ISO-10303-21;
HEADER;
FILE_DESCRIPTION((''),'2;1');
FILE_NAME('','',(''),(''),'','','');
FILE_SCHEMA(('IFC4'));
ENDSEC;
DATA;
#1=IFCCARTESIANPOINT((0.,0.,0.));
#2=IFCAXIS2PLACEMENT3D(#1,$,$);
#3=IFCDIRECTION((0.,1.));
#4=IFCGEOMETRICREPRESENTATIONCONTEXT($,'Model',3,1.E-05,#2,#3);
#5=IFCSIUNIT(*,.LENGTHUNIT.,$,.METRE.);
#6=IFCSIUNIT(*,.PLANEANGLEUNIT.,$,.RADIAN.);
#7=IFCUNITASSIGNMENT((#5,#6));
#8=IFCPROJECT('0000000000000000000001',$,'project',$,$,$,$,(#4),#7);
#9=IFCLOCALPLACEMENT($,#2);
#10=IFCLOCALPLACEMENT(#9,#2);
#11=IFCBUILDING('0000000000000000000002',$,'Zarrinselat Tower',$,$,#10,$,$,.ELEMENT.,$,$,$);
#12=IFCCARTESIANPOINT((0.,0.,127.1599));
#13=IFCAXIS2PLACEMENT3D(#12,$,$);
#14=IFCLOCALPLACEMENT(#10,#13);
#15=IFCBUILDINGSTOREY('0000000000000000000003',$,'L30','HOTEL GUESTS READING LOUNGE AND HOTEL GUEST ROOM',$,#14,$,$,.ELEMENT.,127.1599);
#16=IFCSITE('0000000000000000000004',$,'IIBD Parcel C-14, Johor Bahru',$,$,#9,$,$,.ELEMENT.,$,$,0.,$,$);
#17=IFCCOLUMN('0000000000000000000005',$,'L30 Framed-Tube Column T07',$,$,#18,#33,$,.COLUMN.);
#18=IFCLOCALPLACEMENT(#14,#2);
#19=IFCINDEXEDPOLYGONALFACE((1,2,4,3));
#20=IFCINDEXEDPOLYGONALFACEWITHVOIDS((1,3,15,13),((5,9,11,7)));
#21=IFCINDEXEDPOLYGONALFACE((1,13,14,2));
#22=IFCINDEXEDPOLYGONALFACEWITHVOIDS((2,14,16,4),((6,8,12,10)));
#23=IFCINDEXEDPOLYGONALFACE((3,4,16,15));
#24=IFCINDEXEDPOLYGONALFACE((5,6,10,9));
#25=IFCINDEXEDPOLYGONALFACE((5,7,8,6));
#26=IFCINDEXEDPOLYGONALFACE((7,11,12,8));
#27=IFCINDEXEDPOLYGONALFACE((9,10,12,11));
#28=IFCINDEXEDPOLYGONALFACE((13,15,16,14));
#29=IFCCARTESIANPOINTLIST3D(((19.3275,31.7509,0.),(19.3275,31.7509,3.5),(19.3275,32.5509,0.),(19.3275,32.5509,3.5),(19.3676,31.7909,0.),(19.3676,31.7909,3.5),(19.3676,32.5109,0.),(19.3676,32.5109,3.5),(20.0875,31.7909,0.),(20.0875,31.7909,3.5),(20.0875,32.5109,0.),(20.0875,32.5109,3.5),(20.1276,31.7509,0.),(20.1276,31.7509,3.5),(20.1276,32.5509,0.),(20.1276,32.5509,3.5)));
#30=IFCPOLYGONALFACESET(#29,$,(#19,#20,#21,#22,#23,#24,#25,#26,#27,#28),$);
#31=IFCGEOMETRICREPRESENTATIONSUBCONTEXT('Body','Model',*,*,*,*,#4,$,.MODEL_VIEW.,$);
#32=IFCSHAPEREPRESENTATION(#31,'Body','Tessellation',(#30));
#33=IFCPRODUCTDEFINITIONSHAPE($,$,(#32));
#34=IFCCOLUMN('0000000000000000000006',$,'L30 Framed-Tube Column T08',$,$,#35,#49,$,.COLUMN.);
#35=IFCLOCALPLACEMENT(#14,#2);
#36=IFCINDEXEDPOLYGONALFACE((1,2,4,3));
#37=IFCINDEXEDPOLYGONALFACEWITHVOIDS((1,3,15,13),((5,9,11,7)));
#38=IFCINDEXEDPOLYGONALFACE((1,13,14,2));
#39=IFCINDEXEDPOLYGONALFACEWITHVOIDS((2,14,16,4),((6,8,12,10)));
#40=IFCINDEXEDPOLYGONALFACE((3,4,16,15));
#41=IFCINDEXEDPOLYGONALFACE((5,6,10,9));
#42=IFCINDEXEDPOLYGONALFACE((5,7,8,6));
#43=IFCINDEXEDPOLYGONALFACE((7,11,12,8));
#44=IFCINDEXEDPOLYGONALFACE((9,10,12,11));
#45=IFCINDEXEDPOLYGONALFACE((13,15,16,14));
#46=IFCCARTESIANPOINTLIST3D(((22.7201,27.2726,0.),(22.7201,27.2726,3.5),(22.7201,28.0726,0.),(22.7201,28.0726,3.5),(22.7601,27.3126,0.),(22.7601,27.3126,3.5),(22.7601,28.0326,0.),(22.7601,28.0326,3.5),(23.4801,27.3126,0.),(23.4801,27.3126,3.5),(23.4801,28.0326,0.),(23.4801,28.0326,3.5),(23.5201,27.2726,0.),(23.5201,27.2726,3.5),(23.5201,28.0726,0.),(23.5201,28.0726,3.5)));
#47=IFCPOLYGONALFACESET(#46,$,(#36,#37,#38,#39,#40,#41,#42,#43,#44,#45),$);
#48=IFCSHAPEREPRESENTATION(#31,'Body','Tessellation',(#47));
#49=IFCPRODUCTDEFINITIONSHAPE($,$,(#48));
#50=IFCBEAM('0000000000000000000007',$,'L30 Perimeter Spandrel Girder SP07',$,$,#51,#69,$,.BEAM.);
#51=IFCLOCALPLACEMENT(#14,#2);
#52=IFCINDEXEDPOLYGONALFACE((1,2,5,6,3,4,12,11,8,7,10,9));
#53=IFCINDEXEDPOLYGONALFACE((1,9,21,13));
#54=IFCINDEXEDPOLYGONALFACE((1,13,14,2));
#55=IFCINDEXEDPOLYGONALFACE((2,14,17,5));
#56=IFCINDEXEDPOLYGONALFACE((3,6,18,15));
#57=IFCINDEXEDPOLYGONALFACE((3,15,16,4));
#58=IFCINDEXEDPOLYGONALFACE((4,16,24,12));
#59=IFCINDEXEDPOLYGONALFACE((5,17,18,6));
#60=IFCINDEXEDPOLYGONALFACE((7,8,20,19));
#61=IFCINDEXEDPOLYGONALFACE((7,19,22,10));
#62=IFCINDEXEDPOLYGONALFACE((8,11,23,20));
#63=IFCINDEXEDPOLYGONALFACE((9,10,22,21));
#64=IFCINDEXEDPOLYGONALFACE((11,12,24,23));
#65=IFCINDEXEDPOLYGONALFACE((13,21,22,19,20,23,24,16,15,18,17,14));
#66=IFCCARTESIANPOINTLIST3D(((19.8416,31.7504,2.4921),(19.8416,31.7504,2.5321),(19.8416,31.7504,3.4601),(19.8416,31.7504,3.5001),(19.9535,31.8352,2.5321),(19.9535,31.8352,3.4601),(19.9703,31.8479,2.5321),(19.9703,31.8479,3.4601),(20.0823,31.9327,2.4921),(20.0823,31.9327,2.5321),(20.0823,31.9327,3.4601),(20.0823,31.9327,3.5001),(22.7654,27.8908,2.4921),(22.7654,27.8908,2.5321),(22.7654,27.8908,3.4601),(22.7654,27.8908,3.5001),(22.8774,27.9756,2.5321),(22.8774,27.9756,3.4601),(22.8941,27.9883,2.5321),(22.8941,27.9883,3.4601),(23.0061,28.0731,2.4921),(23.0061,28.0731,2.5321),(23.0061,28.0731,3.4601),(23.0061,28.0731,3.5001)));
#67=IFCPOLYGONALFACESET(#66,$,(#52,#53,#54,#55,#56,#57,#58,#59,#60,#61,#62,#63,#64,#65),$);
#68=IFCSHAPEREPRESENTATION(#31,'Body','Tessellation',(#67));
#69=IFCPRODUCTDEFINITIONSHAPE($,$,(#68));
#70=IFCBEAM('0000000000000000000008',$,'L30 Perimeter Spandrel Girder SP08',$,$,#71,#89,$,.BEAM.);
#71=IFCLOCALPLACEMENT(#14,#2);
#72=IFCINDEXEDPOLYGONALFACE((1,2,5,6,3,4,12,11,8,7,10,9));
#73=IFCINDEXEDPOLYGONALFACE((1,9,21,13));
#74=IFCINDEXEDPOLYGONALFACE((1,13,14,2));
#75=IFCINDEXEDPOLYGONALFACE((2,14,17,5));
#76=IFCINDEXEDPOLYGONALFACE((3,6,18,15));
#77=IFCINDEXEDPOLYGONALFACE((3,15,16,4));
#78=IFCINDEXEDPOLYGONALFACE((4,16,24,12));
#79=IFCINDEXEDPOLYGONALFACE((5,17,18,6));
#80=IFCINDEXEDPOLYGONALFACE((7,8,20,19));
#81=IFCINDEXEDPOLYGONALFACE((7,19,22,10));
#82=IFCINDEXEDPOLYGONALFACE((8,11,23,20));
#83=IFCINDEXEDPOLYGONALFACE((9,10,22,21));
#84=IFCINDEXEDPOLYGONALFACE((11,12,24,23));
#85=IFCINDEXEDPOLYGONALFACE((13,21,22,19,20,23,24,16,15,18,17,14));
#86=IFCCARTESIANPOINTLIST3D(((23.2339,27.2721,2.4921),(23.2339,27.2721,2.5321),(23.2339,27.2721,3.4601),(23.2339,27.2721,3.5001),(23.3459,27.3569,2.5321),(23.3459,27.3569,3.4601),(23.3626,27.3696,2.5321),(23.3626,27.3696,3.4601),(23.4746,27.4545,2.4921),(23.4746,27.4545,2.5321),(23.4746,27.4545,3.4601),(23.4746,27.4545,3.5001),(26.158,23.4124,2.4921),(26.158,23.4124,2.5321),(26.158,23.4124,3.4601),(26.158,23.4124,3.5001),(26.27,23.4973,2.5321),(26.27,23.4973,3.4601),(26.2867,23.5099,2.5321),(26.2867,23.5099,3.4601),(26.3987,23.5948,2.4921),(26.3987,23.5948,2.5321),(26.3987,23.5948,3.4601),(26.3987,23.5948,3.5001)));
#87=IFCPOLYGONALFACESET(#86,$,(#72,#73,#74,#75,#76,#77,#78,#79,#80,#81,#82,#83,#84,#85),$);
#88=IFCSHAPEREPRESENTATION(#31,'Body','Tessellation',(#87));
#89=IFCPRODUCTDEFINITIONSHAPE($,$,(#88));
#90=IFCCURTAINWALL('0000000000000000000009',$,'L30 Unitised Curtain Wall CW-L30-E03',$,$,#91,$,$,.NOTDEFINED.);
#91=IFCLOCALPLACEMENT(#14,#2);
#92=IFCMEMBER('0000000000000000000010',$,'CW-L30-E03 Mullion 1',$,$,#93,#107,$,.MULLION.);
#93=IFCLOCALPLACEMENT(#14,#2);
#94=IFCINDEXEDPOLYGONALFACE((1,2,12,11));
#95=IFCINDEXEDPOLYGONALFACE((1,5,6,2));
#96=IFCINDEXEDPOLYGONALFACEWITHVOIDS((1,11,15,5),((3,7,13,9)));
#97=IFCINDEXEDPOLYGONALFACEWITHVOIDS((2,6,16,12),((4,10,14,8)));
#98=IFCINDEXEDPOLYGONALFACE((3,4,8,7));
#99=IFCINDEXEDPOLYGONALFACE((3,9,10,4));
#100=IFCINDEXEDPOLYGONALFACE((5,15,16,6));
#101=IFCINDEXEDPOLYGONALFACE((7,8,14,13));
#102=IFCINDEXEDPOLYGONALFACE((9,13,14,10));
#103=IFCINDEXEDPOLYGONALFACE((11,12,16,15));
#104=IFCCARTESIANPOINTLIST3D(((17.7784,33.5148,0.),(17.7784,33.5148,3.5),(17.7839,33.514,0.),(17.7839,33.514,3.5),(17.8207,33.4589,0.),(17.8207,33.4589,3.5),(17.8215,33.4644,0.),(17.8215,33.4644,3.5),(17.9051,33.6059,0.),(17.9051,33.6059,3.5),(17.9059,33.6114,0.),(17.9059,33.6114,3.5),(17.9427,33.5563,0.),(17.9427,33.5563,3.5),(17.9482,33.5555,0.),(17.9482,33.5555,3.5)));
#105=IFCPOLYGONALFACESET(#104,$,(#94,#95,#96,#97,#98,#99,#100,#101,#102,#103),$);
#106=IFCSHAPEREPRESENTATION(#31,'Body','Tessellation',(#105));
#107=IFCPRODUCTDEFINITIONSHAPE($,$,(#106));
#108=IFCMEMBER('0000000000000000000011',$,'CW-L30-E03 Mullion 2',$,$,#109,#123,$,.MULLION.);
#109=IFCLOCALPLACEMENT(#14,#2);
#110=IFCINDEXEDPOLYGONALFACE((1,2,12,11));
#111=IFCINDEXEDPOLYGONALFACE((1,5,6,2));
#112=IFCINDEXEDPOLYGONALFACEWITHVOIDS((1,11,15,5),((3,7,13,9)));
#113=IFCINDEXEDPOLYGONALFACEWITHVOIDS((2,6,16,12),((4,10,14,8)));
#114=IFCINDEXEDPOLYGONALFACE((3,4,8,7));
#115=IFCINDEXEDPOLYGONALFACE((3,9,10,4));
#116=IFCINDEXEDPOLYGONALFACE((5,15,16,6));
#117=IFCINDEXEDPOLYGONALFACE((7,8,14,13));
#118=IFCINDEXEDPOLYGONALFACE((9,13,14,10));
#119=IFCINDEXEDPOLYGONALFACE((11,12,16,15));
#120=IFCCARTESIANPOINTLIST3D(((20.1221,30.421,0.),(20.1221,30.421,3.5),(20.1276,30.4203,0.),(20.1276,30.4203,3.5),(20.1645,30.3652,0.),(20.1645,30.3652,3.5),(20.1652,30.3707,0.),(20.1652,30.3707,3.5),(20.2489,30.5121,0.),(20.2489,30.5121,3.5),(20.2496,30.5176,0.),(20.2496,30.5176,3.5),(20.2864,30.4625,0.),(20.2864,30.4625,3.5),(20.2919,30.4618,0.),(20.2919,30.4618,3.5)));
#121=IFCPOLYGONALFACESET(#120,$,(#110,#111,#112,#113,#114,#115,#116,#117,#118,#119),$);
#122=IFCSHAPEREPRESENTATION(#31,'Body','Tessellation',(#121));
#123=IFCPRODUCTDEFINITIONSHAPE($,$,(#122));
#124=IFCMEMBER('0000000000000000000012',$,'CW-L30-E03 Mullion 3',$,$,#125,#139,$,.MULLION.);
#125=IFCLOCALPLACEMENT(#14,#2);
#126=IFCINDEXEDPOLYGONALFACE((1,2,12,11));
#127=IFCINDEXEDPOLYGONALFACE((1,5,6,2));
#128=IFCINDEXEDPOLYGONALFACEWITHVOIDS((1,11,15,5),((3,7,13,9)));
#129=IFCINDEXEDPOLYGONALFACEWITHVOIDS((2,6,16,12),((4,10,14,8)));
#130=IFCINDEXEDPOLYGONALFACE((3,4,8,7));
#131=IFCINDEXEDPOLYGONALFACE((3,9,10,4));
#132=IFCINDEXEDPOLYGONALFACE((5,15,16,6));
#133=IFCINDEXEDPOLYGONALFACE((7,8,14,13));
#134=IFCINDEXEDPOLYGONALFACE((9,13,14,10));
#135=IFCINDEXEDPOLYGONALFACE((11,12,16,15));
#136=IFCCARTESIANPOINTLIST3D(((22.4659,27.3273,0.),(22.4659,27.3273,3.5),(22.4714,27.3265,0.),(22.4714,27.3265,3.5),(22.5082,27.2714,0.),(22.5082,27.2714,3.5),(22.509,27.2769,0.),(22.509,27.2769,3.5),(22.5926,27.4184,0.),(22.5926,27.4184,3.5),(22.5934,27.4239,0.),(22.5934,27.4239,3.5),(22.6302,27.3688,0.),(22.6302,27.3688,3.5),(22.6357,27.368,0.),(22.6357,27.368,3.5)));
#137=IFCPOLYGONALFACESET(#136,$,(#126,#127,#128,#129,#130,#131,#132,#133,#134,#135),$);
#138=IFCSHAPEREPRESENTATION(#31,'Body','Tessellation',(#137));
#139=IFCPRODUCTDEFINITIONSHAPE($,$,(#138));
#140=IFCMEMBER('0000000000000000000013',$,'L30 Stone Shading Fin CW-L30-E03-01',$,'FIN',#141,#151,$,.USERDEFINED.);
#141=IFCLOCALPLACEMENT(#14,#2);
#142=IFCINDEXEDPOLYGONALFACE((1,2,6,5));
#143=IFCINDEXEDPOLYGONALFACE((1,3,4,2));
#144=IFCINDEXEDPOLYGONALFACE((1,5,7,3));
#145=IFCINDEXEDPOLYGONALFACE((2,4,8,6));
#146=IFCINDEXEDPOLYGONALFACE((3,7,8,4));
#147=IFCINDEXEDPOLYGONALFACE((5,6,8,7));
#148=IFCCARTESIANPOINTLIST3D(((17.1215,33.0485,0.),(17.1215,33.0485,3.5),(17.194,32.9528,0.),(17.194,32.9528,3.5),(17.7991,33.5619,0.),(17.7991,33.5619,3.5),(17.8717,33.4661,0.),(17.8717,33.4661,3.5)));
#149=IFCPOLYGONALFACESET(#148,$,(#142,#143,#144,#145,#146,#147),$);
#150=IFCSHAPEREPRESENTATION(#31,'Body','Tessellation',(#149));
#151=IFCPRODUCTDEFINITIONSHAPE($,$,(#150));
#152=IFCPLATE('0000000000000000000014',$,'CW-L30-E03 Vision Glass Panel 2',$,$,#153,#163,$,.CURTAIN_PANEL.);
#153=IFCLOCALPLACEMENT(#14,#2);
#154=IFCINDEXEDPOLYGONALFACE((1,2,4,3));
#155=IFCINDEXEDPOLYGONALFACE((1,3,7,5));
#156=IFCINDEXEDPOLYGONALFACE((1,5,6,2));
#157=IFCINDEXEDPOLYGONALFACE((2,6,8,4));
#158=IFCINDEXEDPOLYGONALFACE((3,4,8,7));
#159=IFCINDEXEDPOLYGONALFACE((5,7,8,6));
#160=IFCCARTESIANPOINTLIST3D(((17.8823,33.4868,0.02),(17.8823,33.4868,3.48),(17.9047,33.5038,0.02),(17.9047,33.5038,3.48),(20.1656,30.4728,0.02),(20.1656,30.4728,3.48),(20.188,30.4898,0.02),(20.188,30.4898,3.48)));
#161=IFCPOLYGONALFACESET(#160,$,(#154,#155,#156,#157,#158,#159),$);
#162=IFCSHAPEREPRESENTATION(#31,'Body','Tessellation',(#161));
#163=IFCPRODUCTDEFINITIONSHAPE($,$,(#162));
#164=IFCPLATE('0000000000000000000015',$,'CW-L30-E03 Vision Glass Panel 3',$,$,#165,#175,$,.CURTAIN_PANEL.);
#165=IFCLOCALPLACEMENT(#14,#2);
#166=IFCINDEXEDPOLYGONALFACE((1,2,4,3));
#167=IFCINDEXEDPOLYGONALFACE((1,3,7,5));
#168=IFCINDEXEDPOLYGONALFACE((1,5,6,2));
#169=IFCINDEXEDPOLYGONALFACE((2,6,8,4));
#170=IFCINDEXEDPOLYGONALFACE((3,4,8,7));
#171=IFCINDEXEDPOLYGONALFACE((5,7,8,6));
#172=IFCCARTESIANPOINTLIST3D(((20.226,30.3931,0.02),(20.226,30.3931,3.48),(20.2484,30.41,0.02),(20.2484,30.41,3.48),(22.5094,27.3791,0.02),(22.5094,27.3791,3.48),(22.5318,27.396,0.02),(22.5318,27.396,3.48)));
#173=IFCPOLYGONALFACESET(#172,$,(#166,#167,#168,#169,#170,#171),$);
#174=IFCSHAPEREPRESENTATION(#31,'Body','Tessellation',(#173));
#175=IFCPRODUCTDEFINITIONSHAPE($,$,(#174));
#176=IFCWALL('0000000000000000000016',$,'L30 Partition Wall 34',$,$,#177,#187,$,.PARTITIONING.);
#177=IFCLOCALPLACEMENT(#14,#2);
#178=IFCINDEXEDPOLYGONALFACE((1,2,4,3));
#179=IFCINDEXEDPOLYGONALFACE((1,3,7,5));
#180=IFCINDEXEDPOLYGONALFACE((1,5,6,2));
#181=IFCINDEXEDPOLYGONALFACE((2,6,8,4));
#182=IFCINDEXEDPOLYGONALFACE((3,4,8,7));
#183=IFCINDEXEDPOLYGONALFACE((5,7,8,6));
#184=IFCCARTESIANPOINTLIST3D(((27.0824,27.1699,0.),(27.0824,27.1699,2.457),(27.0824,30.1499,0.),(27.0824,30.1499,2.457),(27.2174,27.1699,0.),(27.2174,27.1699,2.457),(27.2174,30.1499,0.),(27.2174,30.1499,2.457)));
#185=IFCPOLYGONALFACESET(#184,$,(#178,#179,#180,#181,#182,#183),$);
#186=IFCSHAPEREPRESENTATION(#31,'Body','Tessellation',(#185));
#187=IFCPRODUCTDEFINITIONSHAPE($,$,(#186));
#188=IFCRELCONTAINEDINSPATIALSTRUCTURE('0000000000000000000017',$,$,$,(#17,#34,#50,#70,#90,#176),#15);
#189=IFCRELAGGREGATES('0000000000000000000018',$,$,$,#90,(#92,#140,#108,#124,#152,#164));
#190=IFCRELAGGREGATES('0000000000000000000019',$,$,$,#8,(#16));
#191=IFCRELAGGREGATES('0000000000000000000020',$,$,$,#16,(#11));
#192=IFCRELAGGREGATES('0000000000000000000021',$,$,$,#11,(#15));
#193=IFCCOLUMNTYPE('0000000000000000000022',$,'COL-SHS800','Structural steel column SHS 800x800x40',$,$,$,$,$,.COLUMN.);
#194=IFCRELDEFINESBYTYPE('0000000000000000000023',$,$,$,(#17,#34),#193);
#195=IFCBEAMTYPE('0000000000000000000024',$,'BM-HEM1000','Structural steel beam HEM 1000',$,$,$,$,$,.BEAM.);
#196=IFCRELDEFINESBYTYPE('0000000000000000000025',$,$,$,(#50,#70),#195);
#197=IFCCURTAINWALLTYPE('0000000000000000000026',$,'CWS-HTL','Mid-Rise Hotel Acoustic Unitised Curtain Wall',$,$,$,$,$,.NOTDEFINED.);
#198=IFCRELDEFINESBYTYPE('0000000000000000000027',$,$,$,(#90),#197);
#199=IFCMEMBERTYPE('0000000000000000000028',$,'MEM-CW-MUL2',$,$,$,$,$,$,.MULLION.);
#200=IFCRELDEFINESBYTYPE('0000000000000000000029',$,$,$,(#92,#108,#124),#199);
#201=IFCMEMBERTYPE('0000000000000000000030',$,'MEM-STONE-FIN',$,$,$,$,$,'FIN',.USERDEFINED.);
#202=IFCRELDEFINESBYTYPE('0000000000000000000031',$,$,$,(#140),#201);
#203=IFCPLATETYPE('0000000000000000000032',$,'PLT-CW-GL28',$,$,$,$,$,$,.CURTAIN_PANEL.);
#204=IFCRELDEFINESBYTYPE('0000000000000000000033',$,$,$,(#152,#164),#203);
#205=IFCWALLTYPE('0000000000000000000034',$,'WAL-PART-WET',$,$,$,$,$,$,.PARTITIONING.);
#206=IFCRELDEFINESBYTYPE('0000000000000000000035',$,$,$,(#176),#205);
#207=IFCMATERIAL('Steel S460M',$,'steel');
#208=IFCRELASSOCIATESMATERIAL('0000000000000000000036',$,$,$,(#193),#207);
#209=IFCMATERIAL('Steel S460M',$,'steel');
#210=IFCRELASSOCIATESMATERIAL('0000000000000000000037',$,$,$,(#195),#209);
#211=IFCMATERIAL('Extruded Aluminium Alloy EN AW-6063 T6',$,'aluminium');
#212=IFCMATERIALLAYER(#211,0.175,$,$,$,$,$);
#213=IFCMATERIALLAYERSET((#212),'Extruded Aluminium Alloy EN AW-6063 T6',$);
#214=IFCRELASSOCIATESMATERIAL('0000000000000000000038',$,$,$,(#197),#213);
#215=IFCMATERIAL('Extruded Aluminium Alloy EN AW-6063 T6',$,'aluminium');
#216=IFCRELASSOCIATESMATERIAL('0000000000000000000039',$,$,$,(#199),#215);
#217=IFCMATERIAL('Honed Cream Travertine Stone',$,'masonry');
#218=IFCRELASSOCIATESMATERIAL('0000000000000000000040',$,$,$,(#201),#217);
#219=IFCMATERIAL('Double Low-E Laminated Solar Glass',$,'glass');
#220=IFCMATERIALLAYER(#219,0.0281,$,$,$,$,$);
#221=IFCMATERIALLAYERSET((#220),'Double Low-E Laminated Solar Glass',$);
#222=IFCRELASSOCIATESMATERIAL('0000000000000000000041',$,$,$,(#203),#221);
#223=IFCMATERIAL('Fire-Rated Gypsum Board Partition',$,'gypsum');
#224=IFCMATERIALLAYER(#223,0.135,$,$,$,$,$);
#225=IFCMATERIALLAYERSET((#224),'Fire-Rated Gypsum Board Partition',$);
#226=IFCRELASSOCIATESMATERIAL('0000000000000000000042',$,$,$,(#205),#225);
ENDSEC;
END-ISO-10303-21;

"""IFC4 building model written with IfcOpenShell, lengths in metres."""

from ifc_helpers import new_model, si_unit, direction, frame, frame_2d, origin, origin_2d, place, context, subcontext, project, spatial, rectangle, hollow_rectangle, i_section, extrude, material, layer, layer_set, material_profile, profile_set, type_object, element, aggregate, save


model = new_model("IFC4")

# Units and contexts
model_context = context("Model", 3, precision=1e-05, world=origin(), true_north=direction((0.0, 1.0)))
body_context = subcontext(model_context, "Body", "Model", "MODEL_VIEW")
ifc_project = project(units=[si_unit("LENGTHUNIT", "METRE"), si_unit("PLANEANGLEUNIT", "RADIAN")], contexts=[model_context])

# Site, building, storey
site_placement = place(None, origin())
site = spatial("IfcSite", under=ifc_project, at=site_placement, Name="IIBD Parcel C-14, Johor Bahru", CompositionType="ELEMENT", RefElevation=0.0)
building_placement = place(site_placement, origin())
building = spatial("IfcBuilding", under=site, at=building_placement, Name="Zarrinselat Tower", CompositionType="ELEMENT")
storey_placement = place(building_placement, frame((0.0, 0.0, 127.1599)))
storey = spatial("IfcBuildingStorey", under=building, at=storey_placement, Name="L30", Description="HOTEL GUESTS READING LOUNGE AND HOTEL GUEST ROOM", CompositionType="ELEMENT", Elevation=127.1599)

# Columns
ifc_material_1 = material(Name="Steel S460M", Category="steel")
ifc_material_profile_1 = material_profile(ifc_material_1, hollow_rectangle(XDim=0.8, YDim=0.8, WallThickness=0.04, at=origin_2d()), Name="SHS 800x800x40")
ifc_profile_set_1 = profile_set([ifc_material_profile_1], Name="Steel S460M")
column_type = type_object("IfcColumnType", Name="COL-SHS800", Description="Structural steel column SHS 800x800x40", PredefinedType="COLUMN", material=ifc_profile_set_1)
for number, where, z_axis, x_axis, name in (
    (1, (19.7275, 32.1509, 0.0), (0.0, 0.0, 1.0), (1.0, 0.0, 0.0), "L30 Framed-Tube Column T07"),
    (2, (23.1201, 27.6726, 0.0), (0.0, 0.0, 1.0), (1.0, 0.0, 0.0), "L30 Framed-Tube Column T08"),
):
    element("IfcColumn", number, at=place(storey_placement, frame(where, z_axis=z_axis, x_axis=x_axis)), inside=storey, type_object=column_type, Name=name, PredefinedType="COLUMN", context=body_context, shape_type="SweptSolid", body=[
        extrude(hollow_rectangle(XDim=0.8, YDim=0.8, WallThickness=0.04, at=origin_2d()), origin(), (0.0, 0.0, 1.0), 3.5),
    ])

# Beams
ifc_material_2 = material(Name="Steel S460M", Category="steel")
ifc_material_profile_2 = material_profile(ifc_material_2, i_section(OverallWidth=0.302, OverallDepth=1.0081, WebThickness=0.021, FlangeThickness=0.04, at=origin_2d()), Name="HEM 1000")
ifc_profile_set_2 = profile_set([ifc_material_profile_2], Name="Steel S460M")
beam_type = type_object("IfcBeamType", Name="BM-HEM1000", Description="Structural steel beam HEM 1000", PredefinedType="BEAM", material=ifc_profile_set_2)
beam_1_placement = place(storey_placement, frame((19.9619, 31.8416, 2.9961), z_axis=(0.603841, -0.797105, 0.0), x_axis=(0.797105, 0.603841, 0.0)))
element("IfcBeam", 3, at=beam_1_placement, inside=storey, type_object=beam_type, Name="L30 Perimeter Spandrel Girder SP07", PredefinedType="BEAM", context=body_context, shape_type="SweptSolid", body=[
    extrude(i_section(OverallWidth=0.302, OverallDepth=1.0081, WebThickness=0.021, FlangeThickness=0.04, at=origin_2d()), origin(), (0.0, 0.0, 1.0), 4.842),
])
beam_2_placement = place(storey_placement, frame((23.3542, 27.3633, 2.9961), z_axis=(0.603873, -0.79708, 0.0), x_axis=(0.79708, 0.603873, 0.0)))
element("IfcBeam", 4, at=beam_2_placement, inside=storey, type_object=beam_type, Name="L30 Perimeter Spandrel Girder SP08", PredefinedType="BEAM", context=body_context, shape_type="SweptSolid", body=[
    extrude(i_section(OverallWidth=0.302, OverallDepth=1.0081, WebThickness=0.021, FlangeThickness=0.04, at=origin_2d()), origin(), (0.0, 0.0, 1.0), 4.8423),
])

# Curtain wall, members, plates
ifc_material_3 = material(Name="Extruded Aluminium Alloy EN AW-6063 T6", Category="aluminium")
ifc_layer_1 = layer(ifc_material_3, 0.175)
ifc_layer_set_1 = layer_set([ifc_layer_1], Name="Extruded Aluminium Alloy EN AW-6063 T6")
curtain_wall_type = type_object("IfcCurtainWallType", Name="CWS-HTL", Description="Mid-Rise Hotel Acoustic Unitised Curtain Wall", PredefinedType="NOTDEFINED", material=ifc_layer_set_1)
curtain_wall_placement = place(storey_placement, origin())
curtain_wall = element("IfcCurtainWall", 5, at=curtain_wall_placement, inside=storey, type_object=curtain_wall_type, Name="L30 Unitised Curtain Wall CW-L30-E03", PredefinedType="NOTDEFINED")
ifc_material_4 = material(Name="Extruded Aluminium Alloy EN AW-6063 T6", Category="aluminium")
ifc_material_profile_3 = material_profile(ifc_material_4, hollow_rectangle(XDim=0.0701, YDim=0.1599, WallThickness=0.0039, at=origin_2d()), Name="RHS 160x70x4")
ifc_profile_set_3 = profile_set([ifc_material_profile_3], Name="Extruded Aluminium Alloy EN AW-6063 T6")
member_type_1 = type_object("IfcMemberType", Name="MEM-CW-MUL2", PredefinedType="MULLION", material=ifc_profile_set_3)
member_1_placement = place(storey_placement, frame((17.8633, 33.5352, 0.0), z_axis=(0.0, 0.0, 1.0), x_axis=(0.603858, -0.797092, 0.0)))
member_1 = element("IfcMember", 6, at=member_1_placement, type_object=member_type_1, Name="CW-L30-E03 Mullion 1", PredefinedType="MULLION", context=body_context, shape_type="SweptSolid", body=[
    extrude(hollow_rectangle(XDim=0.0701, YDim=0.1599, WallThickness=0.0039, at=origin_2d()), origin(), (0.0, 0.0, 1.0), 3.5),
])
member_2_placement = place(storey_placement, frame((20.207, 30.4414, 0.0), z_axis=(0.0, 0.0, 1.0), x_axis=(0.603858, -0.797092, 0.0)))
member_2 = element("IfcMember", 7, at=member_2_placement, type_object=member_type_1, Name="CW-L30-E03 Mullion 2", PredefinedType="MULLION", context=body_context, shape_type="SweptSolid", body=[
    extrude(hollow_rectangle(XDim=0.0701, YDim=0.1599, WallThickness=0.0039, at=origin_2d()), origin(), (0.0, 0.0, 1.0), 3.5),
])
member_3_placement = place(storey_placement, frame((22.5508, 27.3477, 0.0), z_axis=(0.0, 0.0, 1.0), x_axis=(0.603858, -0.797092, 0.0)))
member_3 = element("IfcMember", 8, at=member_3_placement, type_object=member_type_1, Name="CW-L30-E03 Mullion 3", PredefinedType="MULLION", context=body_context, shape_type="SweptSolid", body=[
    extrude(hollow_rectangle(XDim=0.0701, YDim=0.1599, WallThickness=0.0039, at=origin_2d()), origin(), (0.0, 0.0, 1.0), 3.5),
])
ifc_material_5 = material(Name="Honed Cream Travertine Stone", Category="masonry")
ifc_material_profile_4 = material_profile(ifc_material_5, rectangle(XDim=0.1201, YDim=0.8501, at=origin_2d()), Name="FIN 850x120")
ifc_profile_set_4 = profile_set([ifc_material_profile_4], Name="Honed Cream Travertine Stone")
member_type_2 = type_object("IfcMemberType", Name="MEM-STONE-FIN", ElementType="FIN", PredefinedType="USERDEFINED", material=ifc_profile_set_4)
member_4_placement = place(storey_placement, frame((17.4966, 33.2573, 0.0), z_axis=(0.0, 0.0, 1.0), x_axis=(-0.603858, 0.797092, 0.0)))
member_4 = element("IfcMember", 9, at=member_4_placement, type_object=member_type_2, Name="L30 Stone Shading Fin CW-L30-E03-01", ObjectType="FIN", PredefinedType="USERDEFINED", context=body_context, shape_type="SweptSolid", body=[
    extrude(rectangle(XDim=0.1201, YDim=0.8501, at=origin_2d()), origin(), (0.0, 0.0, 1.0), 3.5),
])
ifc_material_6 = material(Name="Double Low-E Laminated Solar Glass", Category="glass")
ifc_layer_2 = layer(ifc_material_6, 0.0281)
ifc_layer_set_2 = layer_set([ifc_layer_2], Name="Double Low-E Laminated Solar Glass")
plate_type = type_object("IfcPlateType", Name="PLT-CW-GL28", PredefinedType="CURTAIN_PANEL", material=ifc_layer_set_2)
plate_1_placement = place(storey_placement, frame((19.0352, 31.9883, 0.02), z_axis=(0.0, 0.0, 1.0), x_axis=(0.603858, -0.797092, 0.0)))
plate_1 = element("IfcPlate", 10, at=plate_1_placement, type_object=plate_type, Name="CW-L30-E03 Vision Glass Panel 2", PredefinedType="CURTAIN_PANEL", context=body_context, shape_type="SweptSolid", body=[
    extrude(rectangle(XDim=3.7812, YDim=0.0281, at=origin_2d()), origin(), (0.0, 0.0, 1.0), 3.46),
])
plate_2_placement = place(storey_placement, frame((21.3789, 28.8945, 0.02), z_axis=(0.0, 0.0, 1.0), x_axis=(0.603858, -0.797092, 0.0)))
plate_2 = element("IfcPlate", 11, at=plate_2_placement, type_object=plate_type, Name="CW-L30-E03 Vision Glass Panel 3", PredefinedType="CURTAIN_PANEL", context=body_context, shape_type="SweptSolid", body=[
    extrude(rectangle(XDim=3.7812, YDim=0.0281, at=origin_2d()), origin(), (0.0, 0.0, 1.0), 3.46),
])
aggregate(curtain_wall, [member_1, member_4, member_2, member_3, plate_1, plate_2])

# Wall
ifc_material_7 = material(Name="Fire-Rated Gypsum Board Partition", Category="gypsum")
ifc_layer_3 = layer(ifc_material_7, 0.135)
ifc_layer_set_3 = layer_set([ifc_layer_3], Name="Fire-Rated Gypsum Board Partition")
wall_type_1 = type_object("IfcWallType", Name="WAL-PART-WET", PredefinedType="PARTITIONING", material=ifc_layer_set_3)
wall_1_placement = place(storey_placement, frame((27.1499, 27.1699, 0.0), z_axis=(0.0, 0.0, 1.0), x_axis=(0.0, 1.0, 0.0)))
element("IfcWall", 12, at=wall_1_placement, inside=storey, type_object=wall_type_1, Name="L30 Partition Wall 34", PredefinedType="PARTITIONING", context=body_context, shape_type="SweptSolid", body=[
    extrude(rectangle(XDim=2.98, YDim=0.135, at=frame_2d((1.49, 0.0))), origin(), (0.0, 0.0, 1.0), 2.457),
])

save(model, "model.ifc")
